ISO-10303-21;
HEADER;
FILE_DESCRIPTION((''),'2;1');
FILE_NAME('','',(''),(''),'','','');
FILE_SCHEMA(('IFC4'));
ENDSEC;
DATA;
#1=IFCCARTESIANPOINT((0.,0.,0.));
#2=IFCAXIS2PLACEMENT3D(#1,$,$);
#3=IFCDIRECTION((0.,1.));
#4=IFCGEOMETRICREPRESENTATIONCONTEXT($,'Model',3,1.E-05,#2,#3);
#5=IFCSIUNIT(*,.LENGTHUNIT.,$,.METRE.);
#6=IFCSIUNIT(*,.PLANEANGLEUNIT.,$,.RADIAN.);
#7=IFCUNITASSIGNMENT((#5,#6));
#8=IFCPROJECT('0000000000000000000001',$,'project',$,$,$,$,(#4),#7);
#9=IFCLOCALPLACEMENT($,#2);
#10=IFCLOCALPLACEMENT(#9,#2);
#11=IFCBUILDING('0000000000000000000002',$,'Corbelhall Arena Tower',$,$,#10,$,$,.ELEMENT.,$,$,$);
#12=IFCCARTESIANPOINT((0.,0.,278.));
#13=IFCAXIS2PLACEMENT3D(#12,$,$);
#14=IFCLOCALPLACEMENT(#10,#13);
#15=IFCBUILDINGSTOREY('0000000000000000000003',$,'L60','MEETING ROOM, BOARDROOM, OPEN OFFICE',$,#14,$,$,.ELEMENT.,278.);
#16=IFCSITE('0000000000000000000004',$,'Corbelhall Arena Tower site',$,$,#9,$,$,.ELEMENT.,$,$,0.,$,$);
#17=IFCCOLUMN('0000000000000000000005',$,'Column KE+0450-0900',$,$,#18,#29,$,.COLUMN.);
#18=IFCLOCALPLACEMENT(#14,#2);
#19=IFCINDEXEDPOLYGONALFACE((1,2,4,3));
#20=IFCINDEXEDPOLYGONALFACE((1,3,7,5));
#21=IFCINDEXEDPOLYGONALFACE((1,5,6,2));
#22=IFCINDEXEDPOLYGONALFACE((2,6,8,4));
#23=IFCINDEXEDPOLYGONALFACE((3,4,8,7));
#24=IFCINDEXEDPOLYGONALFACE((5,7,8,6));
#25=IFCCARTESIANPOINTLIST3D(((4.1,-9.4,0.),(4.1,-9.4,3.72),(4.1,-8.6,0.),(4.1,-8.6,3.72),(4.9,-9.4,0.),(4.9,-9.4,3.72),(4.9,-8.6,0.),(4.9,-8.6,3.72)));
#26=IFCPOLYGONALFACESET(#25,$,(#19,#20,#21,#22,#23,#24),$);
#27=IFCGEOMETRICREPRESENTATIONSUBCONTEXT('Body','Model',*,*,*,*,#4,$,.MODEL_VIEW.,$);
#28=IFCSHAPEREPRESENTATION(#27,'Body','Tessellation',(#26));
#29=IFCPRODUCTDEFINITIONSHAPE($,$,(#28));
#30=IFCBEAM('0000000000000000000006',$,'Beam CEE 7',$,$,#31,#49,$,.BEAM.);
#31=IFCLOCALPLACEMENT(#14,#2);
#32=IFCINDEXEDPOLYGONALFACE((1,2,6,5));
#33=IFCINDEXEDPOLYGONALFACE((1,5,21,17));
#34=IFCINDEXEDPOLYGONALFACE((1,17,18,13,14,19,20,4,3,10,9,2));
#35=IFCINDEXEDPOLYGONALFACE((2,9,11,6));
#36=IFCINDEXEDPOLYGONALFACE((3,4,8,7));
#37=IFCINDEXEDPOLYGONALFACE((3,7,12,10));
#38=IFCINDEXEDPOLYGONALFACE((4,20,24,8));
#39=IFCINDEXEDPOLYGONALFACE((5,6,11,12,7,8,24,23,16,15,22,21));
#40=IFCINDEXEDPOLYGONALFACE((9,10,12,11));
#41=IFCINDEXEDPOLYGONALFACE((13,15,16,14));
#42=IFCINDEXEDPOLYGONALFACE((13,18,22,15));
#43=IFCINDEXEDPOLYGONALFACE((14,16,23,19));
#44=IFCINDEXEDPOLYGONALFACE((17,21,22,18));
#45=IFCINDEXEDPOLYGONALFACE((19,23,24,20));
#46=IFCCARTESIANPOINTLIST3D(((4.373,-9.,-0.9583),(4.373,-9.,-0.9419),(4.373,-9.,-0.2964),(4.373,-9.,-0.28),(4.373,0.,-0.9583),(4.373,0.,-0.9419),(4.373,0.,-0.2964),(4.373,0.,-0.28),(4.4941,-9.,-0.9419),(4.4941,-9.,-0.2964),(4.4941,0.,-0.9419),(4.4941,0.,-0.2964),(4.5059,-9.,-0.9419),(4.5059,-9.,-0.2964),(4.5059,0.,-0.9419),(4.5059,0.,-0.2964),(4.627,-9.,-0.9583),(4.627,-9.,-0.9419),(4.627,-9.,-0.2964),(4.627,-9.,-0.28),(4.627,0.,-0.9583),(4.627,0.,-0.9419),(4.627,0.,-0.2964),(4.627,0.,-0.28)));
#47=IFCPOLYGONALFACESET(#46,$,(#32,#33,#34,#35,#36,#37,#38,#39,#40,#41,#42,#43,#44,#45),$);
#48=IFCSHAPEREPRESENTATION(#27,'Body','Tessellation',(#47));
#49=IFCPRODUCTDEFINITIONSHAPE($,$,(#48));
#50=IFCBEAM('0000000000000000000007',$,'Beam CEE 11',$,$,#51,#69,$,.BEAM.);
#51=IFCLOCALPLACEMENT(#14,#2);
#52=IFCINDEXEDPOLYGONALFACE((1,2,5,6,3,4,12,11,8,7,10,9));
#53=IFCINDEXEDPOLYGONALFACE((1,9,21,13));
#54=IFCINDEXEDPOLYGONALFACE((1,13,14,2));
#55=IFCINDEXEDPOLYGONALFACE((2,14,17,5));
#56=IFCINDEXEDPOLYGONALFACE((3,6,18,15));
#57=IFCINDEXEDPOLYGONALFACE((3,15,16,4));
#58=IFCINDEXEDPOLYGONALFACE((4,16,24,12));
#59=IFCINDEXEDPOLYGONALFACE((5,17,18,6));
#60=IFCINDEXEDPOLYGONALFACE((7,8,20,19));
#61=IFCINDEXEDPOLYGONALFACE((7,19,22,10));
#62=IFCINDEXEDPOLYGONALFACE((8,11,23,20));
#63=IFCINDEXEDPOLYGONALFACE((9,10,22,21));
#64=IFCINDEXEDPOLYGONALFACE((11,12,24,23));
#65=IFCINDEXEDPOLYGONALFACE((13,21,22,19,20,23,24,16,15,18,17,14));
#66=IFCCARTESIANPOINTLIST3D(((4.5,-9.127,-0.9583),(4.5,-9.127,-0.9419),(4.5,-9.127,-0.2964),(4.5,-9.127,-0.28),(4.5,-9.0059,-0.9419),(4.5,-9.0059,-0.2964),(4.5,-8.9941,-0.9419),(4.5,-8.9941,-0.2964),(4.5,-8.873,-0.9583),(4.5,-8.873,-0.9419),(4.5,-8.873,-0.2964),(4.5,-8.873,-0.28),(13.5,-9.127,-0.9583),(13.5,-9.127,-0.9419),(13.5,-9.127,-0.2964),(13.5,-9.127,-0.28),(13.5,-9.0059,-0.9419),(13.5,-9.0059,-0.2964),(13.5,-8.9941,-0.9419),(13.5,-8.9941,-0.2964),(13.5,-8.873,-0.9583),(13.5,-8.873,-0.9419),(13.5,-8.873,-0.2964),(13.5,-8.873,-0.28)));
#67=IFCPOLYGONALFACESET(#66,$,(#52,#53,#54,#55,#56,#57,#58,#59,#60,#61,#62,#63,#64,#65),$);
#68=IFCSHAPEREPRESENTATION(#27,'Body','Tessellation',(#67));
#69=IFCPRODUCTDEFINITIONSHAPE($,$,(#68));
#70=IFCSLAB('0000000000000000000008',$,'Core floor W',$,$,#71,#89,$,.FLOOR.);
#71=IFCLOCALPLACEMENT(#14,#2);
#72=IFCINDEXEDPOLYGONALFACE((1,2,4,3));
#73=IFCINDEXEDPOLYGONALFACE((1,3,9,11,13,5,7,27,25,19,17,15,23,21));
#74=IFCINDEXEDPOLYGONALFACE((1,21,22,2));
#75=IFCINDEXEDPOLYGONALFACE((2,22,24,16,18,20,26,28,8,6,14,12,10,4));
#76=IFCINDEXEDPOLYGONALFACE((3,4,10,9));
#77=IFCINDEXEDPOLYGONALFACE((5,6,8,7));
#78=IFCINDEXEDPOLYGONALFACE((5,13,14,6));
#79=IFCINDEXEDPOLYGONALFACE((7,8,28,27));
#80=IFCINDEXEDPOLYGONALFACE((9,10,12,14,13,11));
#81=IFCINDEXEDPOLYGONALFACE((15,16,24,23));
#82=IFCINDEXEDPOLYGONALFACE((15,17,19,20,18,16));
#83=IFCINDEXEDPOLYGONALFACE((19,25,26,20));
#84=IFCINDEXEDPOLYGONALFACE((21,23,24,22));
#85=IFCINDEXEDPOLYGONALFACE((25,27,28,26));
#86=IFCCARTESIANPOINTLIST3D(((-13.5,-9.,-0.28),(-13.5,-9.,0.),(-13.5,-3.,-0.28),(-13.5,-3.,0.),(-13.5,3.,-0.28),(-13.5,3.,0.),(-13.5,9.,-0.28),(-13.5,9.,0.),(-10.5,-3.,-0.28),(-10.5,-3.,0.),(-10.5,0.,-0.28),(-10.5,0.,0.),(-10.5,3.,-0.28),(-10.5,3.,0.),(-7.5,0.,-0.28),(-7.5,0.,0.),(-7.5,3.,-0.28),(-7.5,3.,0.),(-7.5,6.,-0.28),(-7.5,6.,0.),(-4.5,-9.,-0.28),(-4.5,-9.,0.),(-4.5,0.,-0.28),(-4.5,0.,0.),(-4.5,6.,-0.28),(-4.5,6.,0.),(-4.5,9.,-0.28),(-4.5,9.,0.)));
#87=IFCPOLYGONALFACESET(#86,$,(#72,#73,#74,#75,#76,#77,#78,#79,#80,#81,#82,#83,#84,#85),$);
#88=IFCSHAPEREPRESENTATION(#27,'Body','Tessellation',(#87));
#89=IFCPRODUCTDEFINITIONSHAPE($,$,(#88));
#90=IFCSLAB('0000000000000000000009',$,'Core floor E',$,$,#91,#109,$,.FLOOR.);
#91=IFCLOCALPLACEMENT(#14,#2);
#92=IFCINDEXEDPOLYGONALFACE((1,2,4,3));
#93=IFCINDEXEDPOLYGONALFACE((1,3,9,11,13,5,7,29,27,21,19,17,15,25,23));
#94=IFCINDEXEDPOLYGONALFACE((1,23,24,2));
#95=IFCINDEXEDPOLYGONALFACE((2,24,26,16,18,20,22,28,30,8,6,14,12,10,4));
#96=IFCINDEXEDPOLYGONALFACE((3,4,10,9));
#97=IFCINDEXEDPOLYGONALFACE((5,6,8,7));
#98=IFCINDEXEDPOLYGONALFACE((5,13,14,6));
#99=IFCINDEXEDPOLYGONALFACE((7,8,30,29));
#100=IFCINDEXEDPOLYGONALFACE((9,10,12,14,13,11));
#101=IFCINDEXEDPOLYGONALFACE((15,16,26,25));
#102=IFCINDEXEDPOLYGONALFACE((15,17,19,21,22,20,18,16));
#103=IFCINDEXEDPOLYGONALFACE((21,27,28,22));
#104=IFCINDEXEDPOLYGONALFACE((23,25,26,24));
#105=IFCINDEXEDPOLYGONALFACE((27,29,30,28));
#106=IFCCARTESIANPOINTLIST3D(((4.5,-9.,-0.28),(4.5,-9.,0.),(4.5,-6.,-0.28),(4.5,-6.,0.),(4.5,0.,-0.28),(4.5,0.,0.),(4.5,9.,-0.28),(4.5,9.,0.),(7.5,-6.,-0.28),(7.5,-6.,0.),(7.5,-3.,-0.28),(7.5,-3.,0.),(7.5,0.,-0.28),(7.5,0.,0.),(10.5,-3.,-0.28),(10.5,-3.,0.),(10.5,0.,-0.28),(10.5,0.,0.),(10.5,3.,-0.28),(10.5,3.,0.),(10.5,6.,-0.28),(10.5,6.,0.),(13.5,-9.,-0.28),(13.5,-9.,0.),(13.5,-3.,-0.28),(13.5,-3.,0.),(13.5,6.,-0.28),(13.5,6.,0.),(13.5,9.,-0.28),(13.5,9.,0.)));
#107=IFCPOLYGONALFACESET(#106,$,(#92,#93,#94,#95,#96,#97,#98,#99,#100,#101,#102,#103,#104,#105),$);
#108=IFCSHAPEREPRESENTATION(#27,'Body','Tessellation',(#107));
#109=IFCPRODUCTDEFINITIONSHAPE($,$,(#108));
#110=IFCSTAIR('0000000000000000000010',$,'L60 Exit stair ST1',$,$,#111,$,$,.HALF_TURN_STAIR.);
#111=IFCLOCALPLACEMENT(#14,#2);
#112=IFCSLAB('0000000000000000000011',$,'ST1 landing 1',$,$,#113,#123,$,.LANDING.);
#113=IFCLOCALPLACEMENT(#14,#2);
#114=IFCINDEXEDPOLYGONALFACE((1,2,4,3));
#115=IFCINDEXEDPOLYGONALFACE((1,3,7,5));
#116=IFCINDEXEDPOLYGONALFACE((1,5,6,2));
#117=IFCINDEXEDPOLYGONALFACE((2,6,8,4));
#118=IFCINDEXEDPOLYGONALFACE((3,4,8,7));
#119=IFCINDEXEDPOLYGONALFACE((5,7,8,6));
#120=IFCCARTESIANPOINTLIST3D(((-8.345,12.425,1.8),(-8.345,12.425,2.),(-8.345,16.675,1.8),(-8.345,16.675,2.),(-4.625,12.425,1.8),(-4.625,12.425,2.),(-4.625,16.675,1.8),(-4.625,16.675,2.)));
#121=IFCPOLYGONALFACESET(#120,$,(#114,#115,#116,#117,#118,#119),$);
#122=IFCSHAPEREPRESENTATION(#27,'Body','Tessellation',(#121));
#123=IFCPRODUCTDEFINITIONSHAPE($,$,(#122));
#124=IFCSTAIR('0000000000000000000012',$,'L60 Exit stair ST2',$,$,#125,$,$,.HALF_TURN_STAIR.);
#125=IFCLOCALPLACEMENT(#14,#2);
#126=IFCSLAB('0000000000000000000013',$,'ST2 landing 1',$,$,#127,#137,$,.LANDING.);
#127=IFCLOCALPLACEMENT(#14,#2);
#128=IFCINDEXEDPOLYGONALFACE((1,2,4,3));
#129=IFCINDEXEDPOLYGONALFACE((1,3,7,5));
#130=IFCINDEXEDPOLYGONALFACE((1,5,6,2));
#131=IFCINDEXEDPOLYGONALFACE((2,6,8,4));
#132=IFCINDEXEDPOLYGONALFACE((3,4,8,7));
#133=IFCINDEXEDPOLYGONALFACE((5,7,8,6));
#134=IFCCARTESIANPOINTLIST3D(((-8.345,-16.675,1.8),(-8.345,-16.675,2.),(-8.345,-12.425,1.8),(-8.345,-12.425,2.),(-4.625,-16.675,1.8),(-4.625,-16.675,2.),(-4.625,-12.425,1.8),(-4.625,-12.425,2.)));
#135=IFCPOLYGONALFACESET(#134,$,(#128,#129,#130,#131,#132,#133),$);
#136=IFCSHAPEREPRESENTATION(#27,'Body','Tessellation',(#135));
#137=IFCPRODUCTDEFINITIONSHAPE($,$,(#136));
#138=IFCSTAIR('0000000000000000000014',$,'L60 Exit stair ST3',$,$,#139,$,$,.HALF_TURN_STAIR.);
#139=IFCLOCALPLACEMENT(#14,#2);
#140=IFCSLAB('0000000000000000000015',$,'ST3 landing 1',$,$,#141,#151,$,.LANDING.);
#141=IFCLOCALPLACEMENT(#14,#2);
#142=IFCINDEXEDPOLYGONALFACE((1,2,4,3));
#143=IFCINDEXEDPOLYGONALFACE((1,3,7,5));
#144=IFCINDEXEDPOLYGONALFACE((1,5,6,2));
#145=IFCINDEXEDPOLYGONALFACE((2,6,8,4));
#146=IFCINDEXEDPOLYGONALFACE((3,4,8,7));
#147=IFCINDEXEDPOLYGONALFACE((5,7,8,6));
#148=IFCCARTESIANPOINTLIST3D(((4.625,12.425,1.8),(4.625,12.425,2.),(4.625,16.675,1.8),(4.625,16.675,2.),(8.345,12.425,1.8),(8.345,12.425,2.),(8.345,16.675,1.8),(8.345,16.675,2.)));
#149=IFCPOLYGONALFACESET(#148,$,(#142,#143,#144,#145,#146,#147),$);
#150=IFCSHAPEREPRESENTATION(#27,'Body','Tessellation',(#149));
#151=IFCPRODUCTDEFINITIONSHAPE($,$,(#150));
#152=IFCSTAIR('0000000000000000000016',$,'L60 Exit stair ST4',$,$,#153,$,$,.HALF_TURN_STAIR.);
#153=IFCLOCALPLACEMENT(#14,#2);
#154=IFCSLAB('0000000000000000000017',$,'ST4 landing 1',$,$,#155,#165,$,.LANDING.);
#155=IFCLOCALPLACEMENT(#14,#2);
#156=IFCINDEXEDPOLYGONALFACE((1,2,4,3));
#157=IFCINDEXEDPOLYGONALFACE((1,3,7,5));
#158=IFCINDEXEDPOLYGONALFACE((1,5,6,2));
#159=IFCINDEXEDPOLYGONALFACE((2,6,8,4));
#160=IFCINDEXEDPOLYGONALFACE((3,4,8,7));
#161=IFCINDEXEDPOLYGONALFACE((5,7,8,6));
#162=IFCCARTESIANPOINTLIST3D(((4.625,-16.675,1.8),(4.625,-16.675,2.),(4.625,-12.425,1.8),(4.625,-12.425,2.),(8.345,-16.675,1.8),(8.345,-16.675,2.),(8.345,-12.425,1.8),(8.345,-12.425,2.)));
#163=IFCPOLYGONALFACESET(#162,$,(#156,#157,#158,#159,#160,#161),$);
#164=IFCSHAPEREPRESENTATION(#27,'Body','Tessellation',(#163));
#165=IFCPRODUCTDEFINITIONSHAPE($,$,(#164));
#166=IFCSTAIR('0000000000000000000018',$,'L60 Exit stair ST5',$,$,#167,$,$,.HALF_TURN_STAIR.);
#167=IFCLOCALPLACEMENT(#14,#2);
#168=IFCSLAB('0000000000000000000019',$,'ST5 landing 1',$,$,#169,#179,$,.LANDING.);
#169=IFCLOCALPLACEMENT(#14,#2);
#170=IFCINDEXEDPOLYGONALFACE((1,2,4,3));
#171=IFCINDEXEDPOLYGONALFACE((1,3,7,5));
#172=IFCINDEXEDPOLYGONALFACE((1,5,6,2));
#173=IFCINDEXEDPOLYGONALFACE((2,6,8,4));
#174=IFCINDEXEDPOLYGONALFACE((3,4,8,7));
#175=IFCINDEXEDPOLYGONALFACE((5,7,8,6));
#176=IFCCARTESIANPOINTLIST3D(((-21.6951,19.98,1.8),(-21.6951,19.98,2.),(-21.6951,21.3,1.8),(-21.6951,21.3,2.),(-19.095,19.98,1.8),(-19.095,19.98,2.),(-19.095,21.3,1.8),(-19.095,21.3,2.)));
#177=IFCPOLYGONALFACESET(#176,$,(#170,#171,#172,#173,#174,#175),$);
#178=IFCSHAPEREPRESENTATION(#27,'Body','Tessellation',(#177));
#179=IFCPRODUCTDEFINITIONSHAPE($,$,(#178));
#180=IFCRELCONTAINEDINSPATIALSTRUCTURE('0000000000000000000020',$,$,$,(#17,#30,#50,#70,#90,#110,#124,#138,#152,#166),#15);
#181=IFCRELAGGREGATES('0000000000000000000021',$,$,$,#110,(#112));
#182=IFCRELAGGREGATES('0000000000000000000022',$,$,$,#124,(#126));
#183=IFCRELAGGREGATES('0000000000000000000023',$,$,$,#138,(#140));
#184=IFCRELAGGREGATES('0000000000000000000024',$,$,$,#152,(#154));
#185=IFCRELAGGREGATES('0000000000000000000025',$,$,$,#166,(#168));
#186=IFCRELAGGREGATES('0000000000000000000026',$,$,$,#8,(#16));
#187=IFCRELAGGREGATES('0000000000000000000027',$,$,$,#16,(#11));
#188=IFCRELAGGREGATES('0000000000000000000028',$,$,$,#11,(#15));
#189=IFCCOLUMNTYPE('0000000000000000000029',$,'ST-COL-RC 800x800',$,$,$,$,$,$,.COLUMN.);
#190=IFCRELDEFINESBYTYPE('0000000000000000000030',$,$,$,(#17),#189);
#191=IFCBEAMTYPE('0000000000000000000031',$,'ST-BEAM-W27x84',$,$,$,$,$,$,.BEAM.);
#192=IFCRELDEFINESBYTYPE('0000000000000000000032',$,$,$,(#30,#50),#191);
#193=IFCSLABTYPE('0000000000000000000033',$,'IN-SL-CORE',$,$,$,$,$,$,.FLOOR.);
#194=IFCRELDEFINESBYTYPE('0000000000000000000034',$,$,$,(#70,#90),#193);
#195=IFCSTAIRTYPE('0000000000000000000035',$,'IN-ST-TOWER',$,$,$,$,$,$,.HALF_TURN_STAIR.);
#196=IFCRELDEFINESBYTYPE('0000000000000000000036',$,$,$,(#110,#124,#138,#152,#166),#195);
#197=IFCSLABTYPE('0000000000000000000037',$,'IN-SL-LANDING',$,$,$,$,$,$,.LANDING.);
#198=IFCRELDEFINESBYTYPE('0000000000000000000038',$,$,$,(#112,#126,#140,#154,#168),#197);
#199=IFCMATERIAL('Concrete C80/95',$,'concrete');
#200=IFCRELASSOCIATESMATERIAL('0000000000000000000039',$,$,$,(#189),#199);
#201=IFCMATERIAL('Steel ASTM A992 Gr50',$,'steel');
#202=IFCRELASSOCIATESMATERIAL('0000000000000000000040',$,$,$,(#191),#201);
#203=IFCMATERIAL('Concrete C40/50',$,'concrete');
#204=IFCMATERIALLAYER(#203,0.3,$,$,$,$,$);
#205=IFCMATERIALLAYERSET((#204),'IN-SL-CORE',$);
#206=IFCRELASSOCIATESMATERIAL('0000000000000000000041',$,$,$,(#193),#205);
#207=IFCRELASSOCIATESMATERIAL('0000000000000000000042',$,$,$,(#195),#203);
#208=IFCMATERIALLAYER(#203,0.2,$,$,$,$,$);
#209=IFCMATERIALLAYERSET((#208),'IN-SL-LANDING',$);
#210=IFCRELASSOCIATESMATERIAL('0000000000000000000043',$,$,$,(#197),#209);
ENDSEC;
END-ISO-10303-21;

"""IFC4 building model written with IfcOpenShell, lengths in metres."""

from ifc_helpers import new_model, si_unit, direction, frame, origin, origin_2d, place, context, subcontext, project, spatial, polyline, rectangle, i_section, outline, extrude, material, layer, layer_set, material_profile, profile_set, type_object, element, aggregate, save


model = new_model("IFC4")

# Units and contexts
model_context = context("Model", 3, precision=1e-05, world=origin(), true_north=direction((0.0, 1.0)))
body_context = subcontext(model_context, "Body", "Model", "MODEL_VIEW")
ifc_project = project(units=[si_unit("LENGTHUNIT", "METRE"), si_unit("PLANEANGLEUNIT", "RADIAN")], contexts=[model_context])

# Site, building, storey
site_placement = place(None, origin())
site = spatial("IfcSite", under=ifc_project, at=site_placement, Name="Corbelhall Arena Tower site", CompositionType="ELEMENT", RefElevation=0.0)
building_placement = place(site_placement, origin())
building = spatial("IfcBuilding", under=site, at=building_placement, Name="Corbelhall Arena Tower", CompositionType="ELEMENT")
storey_placement = place(building_placement, frame((0.0, 0.0, 278.0)))
storey = spatial("IfcBuildingStorey", under=building, at=storey_placement, Name="L60", Description="MEETING ROOM, BOARDROOM, OPEN OFFICE", CompositionType="ELEMENT", Elevation=278.0)

# Column
ifc_material_1 = material(Name="Concrete C80/95", Category="concrete")
ifc_material_profile_1 = material_profile(ifc_material_1, rectangle(XDim=0.8, YDim=0.8, at=origin_2d()))
ifc_profile_set_1 = profile_set([ifc_material_profile_1], Name="Concrete C80/95")
column_type = type_object("IfcColumnType", Name="ST-COL-RC 800x800", PredefinedType="COLUMN", material=ifc_profile_set_1)
column_placement = place(storey_placement, frame((4.5, -9.0, 0.0), z_axis=(0.0, 0.0, 1.0), x_axis=(1.0, 0.0, 0.0)))
element("IfcColumn", 1, at=column_placement, inside=storey, type_object=column_type, Name="Column KE+0450-0900", PredefinedType="COLUMN", context=body_context, shape_type="SweptSolid", body=[
    extrude(rectangle(XDim=0.8, YDim=0.8, at=origin_2d()), origin(), (0.0, 0.0, 1.0), 3.72),
])

# Beams
ifc_material_2 = material(Name="Steel ASTM A992 Gr50", Category="steel")
ifc_material_profile_2 = material_profile(ifc_material_2, i_section(OverallWidth=0.2539, OverallDepth=0.6782, WebThickness=0.0117, FlangeThickness=0.0164, at=origin_2d()))
ifc_profile_set_2 = profile_set([ifc_material_profile_2], Name="Steel ASTM A992 Gr50")
beam_type = type_object("IfcBeamType", Name="ST-BEAM-W27x84", PredefinedType="BEAM", material=ifc_profile_set_2)
for number, where, z_axis, x_axis, name in (
    (2, (4.5, -9.0, -0.6191), (0.0, 1.0, 0.0), (-1.0, 0.0, 0.0), "Beam CEE 7"),
    (3, (4.5, -9.0, -0.6191), (1.0, 0.0, 0.0), (0.0, 1.0, 0.0), "Beam CEE 11"),
):
    element("IfcBeam", number, at=place(storey_placement, frame(where, z_axis=z_axis, x_axis=x_axis)), inside=storey, type_object=beam_type, Name=name, PredefinedType="BEAM", context=body_context, shape_type="SweptSolid", body=[
        extrude(i_section(OverallWidth=0.2539, OverallDepth=0.6782, WebThickness=0.0117, FlangeThickness=0.0164, at=origin_2d()), origin(), (0.0, 0.0, 1.0), 9.0),
    ])

# Slabs
ifc_material_3 = material(Name="Concrete C40/50", Category="concrete")
ifc_layer_1 = layer(ifc_material_3, 0.3)
ifc_layer_set_1 = layer_set([ifc_layer_1], Name="IN-SL-CORE")
slab_type_1 = type_object("IfcSlabType", Name="IN-SL-CORE", PredefinedType="FLOOR", material=ifc_layer_set_1)
slab_1_placement = place(storey_placement, frame((0.0, 0.0, -0.28)))
element("IfcSlab", 4, at=slab_1_placement, inside=storey, type_object=slab_type_1, Name="Core floor W", PredefinedType="FLOOR", context=body_context, shape_type="SweptSolid", body=[
    extrude(outline(polyline([(-10.5, -3.0), (-13.5, -3.0), (-13.5, -9.0), (-4.5, -9.0), (-4.5, 0.0), (-7.5, 0.0), (-7.5, 3.0), (-7.5, 6.0), (-4.5, 6.0), (-4.5, 9.0), (-13.5, 9.0), (-13.5, 3.0), (-10.5, 3.0), (-10.5, 0.0), (-10.5, -3.0)])), origin(), (0.0, 0.0, 1.0), 0.28),
])
slab_2_placement = place(storey_placement, frame((0.0, 0.0, -0.28)))
element("IfcSlab", 5, at=slab_2_placement, inside=storey, type_object=slab_type_1, Name="Core floor E", PredefinedType="FLOOR", context=body_context, shape_type="SweptSolid", body=[
    extrude(outline(polyline([(13.5, -3.0), (10.5, -3.0), (10.5, 0.0), (10.5, 3.0), (10.5, 6.0), (13.5, 6.0), (13.5, 9.0), (4.5, 9.0), (4.5, 0.0), (7.5, 0.0), (7.5, -3.0), (7.5, -6.0), (4.5, -6.0), (4.5, -9.0), (13.5, -9.0), (13.5, -3.0)])), origin(), (0.0, 0.0, 1.0), 0.28),
])

# Stairs, slabs
stair_type = type_object("IfcStairType", Name="IN-ST-TOWER", PredefinedType="HALF_TURN_STAIR", material=ifc_material_3)
stair_1_placement = place(storey_placement, origin())
stair_1 = element("IfcStair", 6, at=stair_1_placement, inside=storey, type_object=stair_type, Name="L60 Exit stair ST1", PredefinedType="HALF_TURN_STAIR")
ifc_layer_2 = layer(ifc_material_3, 0.2)
ifc_layer_set_2 = layer_set([ifc_layer_2], Name="IN-SL-LANDING")
slab_type_2 = type_object("IfcSlabType", Name="IN-SL-LANDING", PredefinedType="LANDING", material=ifc_layer_set_2)
slab_3_placement = place(storey_placement, frame((0.0, 0.0, 1.8)))
slab_3 = element("IfcSlab", 7, at=slab_3_placement, type_object=slab_type_2, Name="ST1 landing 1", PredefinedType="LANDING", context=body_context, shape_type="SweptSolid", body=[
    extrude(outline(polyline([(-8.345, 12.425), (-4.625, 12.425), (-4.625, 16.675), (-8.345, 16.675), (-8.345, 12.425)])), origin(), (0.0, 0.0, 1.0), 0.2),
])
aggregate(stair_1, [slab_3])
stair_2_placement = place(storey_placement, origin())
stair_2 = element("IfcStair", 8, at=stair_2_placement, inside=storey, type_object=stair_type, Name="L60 Exit stair ST2", PredefinedType="HALF_TURN_STAIR")
slab_4_placement = place(storey_placement, frame((0.0, 0.0, 1.8)))
slab_4 = element("IfcSlab", 9, at=slab_4_placement, type_object=slab_type_2, Name="ST2 landing 1", PredefinedType="LANDING", context=body_context, shape_type="SweptSolid", body=[
    extrude(outline(polyline([(-8.345, -16.675), (-4.625, -16.675), (-4.625, -12.425), (-8.345, -12.425), (-8.345, -16.675)])), origin(), (0.0, 0.0, 1.0), 0.2),
])
aggregate(stair_2, [slab_4])
stair_3_placement = place(storey_placement, origin())
stair_3 = element("IfcStair", 10, at=stair_3_placement, inside=storey, type_object=stair_type, Name="L60 Exit stair ST3", PredefinedType="HALF_TURN_STAIR")
slab_5_placement = place(storey_placement, frame((0.0, 0.0, 1.8)))
slab_5 = element("IfcSlab", 11, at=slab_5_placement, type_object=slab_type_2, Name="ST3 landing 1", PredefinedType="LANDING", context=body_context, shape_type="SweptSolid", body=[
    extrude(outline(polyline([(8.345, 16.675), (4.625, 16.675), (4.625, 12.425), (8.345, 12.425), (8.345, 16.675)])), origin(), (0.0, 0.0, 1.0), 0.2),
])
aggregate(stair_3, [slab_5])
stair_4_placement = place(storey_placement, origin())
stair_4 = element("IfcStair", 12, at=stair_4_placement, inside=storey, type_object=stair_type, Name="L60 Exit stair ST4", PredefinedType="HALF_TURN_STAIR")
slab_6_placement = place(storey_placement, frame((0.0, 0.0, 1.8)))
slab_6 = element("IfcSlab", 13, at=slab_6_placement, type_object=slab_type_2, Name="ST4 landing 1", PredefinedType="LANDING", context=body_context, shape_type="SweptSolid", body=[
    extrude(outline(polyline([(8.345, -12.425), (4.625, -12.425), (4.625, -16.675), (8.345, -16.675), (8.345, -12.425)])), origin(), (0.0, 0.0, 1.0), 0.2),
])
aggregate(stair_4, [slab_6])
stair_5_placement = place(storey_placement, origin())
stair_5 = element("IfcStair", 14, at=stair_5_placement, inside=storey, type_object=stair_type, Name="L60 Exit stair ST5", PredefinedType="HALF_TURN_STAIR")
slab_7_placement = place(storey_placement, frame((0.0, 0.0, 1.8)))
slab_7 = element("IfcSlab", 15, at=slab_7_placement, type_object=slab_type_2, Name="ST5 landing 1", PredefinedType="LANDING", context=body_context, shape_type="SweptSolid", body=[
    extrude(outline(polyline([(-19.095, 19.98), (-19.095, 21.3), (-21.6951, 21.3), (-21.6951, 19.98), (-19.095, 19.98)])), origin(), (0.0, 0.0, 1.0), 0.2),
])
aggregate(stair_5, [slab_7])

save(model, "model.ifc")
